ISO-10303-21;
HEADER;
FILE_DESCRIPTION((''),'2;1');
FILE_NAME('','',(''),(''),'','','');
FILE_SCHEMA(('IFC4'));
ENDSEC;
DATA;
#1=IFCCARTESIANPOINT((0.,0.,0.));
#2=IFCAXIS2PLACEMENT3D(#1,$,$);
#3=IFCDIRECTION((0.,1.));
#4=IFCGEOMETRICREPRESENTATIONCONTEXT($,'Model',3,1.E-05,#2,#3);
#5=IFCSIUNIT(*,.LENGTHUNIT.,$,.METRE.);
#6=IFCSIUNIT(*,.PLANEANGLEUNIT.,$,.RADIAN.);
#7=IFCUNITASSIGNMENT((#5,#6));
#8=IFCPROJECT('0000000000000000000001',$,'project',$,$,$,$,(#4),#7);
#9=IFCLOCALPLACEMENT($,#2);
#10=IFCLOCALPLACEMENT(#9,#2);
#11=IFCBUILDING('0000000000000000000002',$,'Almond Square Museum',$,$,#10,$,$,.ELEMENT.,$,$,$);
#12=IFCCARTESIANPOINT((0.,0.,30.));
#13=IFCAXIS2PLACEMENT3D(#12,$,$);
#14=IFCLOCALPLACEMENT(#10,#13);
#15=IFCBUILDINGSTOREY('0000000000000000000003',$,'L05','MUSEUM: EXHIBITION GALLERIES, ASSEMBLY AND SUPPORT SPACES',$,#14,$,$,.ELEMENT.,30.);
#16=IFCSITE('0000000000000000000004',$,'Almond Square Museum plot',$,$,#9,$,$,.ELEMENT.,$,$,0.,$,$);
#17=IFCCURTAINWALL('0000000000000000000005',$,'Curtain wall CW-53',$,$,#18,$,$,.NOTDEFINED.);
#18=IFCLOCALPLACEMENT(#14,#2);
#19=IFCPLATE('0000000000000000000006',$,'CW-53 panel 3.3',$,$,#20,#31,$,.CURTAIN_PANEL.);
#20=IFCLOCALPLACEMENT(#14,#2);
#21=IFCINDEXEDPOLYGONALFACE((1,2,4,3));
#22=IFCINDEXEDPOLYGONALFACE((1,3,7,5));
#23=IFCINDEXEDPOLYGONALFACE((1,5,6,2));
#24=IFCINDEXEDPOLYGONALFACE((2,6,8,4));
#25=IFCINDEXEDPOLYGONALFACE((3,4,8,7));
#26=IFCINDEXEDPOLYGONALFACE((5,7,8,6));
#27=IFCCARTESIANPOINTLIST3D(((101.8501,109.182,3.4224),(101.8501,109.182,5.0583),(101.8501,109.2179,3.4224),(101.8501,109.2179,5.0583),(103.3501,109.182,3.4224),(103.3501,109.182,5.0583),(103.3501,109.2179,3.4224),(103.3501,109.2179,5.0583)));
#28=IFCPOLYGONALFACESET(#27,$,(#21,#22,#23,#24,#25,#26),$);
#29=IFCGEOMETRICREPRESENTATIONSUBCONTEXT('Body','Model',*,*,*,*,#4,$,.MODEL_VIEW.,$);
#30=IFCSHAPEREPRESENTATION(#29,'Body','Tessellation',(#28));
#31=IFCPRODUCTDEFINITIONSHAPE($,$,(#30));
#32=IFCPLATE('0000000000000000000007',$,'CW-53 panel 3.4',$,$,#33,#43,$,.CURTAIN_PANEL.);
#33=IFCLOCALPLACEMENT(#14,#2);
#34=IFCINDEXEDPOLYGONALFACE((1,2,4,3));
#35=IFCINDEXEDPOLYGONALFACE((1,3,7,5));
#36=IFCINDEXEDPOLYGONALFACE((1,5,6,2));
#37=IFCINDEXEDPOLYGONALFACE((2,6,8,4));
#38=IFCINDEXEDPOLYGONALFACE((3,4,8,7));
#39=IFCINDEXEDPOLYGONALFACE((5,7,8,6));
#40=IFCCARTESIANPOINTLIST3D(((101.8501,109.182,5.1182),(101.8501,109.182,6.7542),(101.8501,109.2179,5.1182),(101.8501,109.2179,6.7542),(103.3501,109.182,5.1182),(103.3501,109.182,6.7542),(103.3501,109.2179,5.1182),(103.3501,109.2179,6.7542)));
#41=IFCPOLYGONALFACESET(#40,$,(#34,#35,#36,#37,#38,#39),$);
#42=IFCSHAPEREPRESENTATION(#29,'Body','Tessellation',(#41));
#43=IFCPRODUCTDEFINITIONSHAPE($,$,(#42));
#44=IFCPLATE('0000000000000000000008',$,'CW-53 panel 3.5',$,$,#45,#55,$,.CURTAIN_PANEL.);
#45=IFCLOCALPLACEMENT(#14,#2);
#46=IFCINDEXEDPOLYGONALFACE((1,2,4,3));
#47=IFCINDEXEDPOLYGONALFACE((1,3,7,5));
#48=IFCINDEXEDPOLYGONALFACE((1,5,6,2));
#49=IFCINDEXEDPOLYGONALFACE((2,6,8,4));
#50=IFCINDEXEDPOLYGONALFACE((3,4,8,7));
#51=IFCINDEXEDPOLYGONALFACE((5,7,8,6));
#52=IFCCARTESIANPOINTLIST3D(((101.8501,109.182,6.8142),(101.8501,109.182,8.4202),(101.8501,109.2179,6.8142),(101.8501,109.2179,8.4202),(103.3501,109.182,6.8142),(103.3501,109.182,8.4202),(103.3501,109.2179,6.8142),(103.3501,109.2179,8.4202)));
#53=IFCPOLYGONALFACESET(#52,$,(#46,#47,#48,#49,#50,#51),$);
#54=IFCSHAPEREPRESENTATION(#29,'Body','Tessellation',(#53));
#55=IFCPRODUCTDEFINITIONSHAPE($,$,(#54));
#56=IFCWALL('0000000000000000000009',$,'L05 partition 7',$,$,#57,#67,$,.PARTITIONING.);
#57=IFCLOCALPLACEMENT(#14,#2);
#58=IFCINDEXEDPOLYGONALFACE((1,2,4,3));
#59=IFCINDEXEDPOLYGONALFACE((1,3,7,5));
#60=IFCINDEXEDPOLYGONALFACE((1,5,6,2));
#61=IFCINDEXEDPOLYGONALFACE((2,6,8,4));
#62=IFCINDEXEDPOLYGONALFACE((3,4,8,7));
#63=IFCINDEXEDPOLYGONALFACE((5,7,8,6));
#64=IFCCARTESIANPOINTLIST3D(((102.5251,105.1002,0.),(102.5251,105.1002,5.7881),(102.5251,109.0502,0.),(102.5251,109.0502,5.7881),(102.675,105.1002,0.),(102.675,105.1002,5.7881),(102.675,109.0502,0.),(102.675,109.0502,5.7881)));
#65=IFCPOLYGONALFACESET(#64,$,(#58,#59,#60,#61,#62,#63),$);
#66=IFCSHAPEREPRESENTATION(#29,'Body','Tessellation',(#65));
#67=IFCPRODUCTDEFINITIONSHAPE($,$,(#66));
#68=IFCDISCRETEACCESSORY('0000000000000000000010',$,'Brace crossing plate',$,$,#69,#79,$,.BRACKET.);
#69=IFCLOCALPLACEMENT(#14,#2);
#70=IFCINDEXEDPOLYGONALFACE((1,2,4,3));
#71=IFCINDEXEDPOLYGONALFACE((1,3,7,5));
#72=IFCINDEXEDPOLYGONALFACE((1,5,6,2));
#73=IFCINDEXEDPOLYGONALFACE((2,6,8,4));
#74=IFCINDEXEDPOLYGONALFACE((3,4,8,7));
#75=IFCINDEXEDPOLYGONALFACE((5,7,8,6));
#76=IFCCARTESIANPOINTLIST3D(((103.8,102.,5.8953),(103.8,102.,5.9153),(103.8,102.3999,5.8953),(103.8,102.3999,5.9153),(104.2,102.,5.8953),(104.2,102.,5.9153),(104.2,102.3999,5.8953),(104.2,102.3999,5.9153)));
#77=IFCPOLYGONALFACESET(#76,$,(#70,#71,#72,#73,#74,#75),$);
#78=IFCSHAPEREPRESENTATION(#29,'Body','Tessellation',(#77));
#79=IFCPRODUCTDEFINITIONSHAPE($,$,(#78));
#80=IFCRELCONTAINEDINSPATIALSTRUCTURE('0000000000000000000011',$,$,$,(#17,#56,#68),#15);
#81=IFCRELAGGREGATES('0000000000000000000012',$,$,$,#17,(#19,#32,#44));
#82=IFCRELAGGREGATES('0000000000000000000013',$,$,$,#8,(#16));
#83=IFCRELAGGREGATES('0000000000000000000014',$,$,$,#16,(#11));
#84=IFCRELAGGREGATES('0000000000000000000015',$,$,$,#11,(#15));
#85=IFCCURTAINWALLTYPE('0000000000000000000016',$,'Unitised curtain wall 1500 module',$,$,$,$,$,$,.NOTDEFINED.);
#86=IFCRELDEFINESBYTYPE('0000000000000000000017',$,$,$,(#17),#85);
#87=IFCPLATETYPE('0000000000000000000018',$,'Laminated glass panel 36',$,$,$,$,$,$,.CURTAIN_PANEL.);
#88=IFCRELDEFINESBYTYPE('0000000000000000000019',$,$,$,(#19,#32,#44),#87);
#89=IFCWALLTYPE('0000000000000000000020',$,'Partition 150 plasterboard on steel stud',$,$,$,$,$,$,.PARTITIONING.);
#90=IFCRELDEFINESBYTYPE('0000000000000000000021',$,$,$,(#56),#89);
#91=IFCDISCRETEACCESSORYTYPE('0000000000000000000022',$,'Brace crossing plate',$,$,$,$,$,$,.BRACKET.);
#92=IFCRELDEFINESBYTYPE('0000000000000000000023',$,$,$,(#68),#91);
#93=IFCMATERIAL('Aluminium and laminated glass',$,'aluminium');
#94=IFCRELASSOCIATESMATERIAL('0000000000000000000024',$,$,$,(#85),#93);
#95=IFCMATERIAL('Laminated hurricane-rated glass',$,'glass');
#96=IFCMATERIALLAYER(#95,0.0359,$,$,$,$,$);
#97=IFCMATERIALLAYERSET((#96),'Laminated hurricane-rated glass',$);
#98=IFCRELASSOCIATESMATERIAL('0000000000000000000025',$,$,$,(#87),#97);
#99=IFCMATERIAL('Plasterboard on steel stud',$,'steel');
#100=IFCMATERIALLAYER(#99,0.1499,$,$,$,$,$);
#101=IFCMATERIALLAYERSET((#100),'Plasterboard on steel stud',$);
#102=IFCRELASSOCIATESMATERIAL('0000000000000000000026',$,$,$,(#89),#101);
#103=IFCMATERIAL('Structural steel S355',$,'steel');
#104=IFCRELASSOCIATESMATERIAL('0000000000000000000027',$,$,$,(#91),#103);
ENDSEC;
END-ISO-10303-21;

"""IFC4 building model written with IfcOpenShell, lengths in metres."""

from ifc_helpers import new_model, si_unit, direction, frame, frame_2d, origin, origin_2d, place, context, subcontext, project, spatial, rectangle, extrude, material, layer, layer_set, type_object, element, aggregate, save


model = new_model("IFC4")

# Units and contexts
model_context = context("Model", 3, precision=1e-05, world=origin(), true_north=direction((0.0, 1.0)))
body_context = subcontext(model_context, "Body", "Model", "MODEL_VIEW")
ifc_project = project(units=[si_unit("LENGTHUNIT", "METRE"), si_unit("PLANEANGLEUNIT", "RADIAN")], contexts=[model_context])

# Site, building, storey
site_placement = place(None, origin())
site = spatial("IfcSite", under=ifc_project, at=site_placement, Name="Almond Square Museum plot", CompositionType="ELEMENT", RefElevation=0.0)
building_placement = place(site_placement, origin())
building = spatial("IfcBuilding", under=site, at=building_placement, Name="Almond Square Museum", CompositionType="ELEMENT")
storey_placement = place(building_placement, frame((0.0, 0.0, 30.0)))
storey = spatial("IfcBuildingStorey", under=building, at=storey_placement, Name="L05", Description="MUSEUM: EXHIBITION GALLERIES, ASSEMBLY AND SUPPORT SPACES", CompositionType="ELEMENT", Elevation=30.0)

# Curtain wall
ifc_material_1 = material(Name="Aluminium and laminated glass", Category="aluminium")
curtain_wall_type = type_object("IfcCurtainWallType", Name="Unitised curtain wall 1500 module", PredefinedType="NOTDEFINED", material=ifc_material_1)
curtain_wall_1_placement = place(storey_placement, origin())
curtain_wall_1 = element("IfcCurtainWall", 1, at=curtain_wall_1_placement, inside=storey, type_object=curtain_wall_type, Name="Curtain wall CW-53", PredefinedType="NOTDEFINED")

# Plates
ifc_material_2 = material(Name="Laminated hurricane-rated glass", Category="glass")
ifc_layer_1 = layer(ifc_material_2, 0.0359)
ifc_layer_set_1 = layer_set([ifc_layer_1], Name="Laminated hurricane-rated glass")
plate_type = type_object("IfcPlateType", Name="Laminated glass panel 36", PredefinedType="CURTAIN_PANEL", material=ifc_layer_set_1)
plate_1_placement = place(storey_placement, frame((102.6001, 109.2, 3.4224), z_axis=(0.0, 0.0, 1.0), x_axis=(1.0, 0.0, 0.0)))
plate_1 = element("IfcPlate", 2, at=plate_1_placement, type_object=plate_type, Name="CW-53 panel 3.3", PredefinedType="CURTAIN_PANEL", context=body_context, shape_type="SweptSolid", body=[
    extrude(rectangle(XDim=1.5, YDim=0.0359, at=origin_2d()), origin(), (0.0, 0.0, 1.0), 1.636),
])
plate_2_placement = place(storey_placement, frame((102.6001, 109.2, 5.1182), z_axis=(0.0, 0.0, 1.0), x_axis=(1.0, 0.0, 0.0)))
plate_2 = element("IfcPlate", 3, at=plate_2_placement, type_object=plate_type, Name="CW-53 panel 3.4", PredefinedType="CURTAIN_PANEL", context=body_context, shape_type="SweptSolid", body=[
    extrude(rectangle(XDim=1.5, YDim=0.0359, at=origin_2d()), origin(), (0.0, 0.0, 1.0), 1.636),
])
plate_3_placement = place(storey_placement, frame((102.6001, 109.2, 6.8142), z_axis=(0.0, 0.0, 1.0), x_axis=(1.0, 0.0, 0.0)))
plate_3 = element("IfcPlate", 4, at=plate_3_placement, type_object=plate_type, Name="CW-53 panel 3.5", PredefinedType="CURTAIN_PANEL", context=body_context, shape_type="SweptSolid", body=[
    extrude(rectangle(XDim=1.5, YDim=0.0359, at=origin_2d()), origin(), (0.0, 0.0, 1.0), 1.606),
])
aggregate(curtain_wall_1, [plate_1, plate_2, plate_3])

# Wall
ifc_material_3 = material(Name="Plasterboard on steel stud", Category="steel")
ifc_layer_2 = layer(ifc_material_3, 0.1499)
ifc_layer_set_2 = layer_set([ifc_layer_2], Name="Plasterboard on steel stud")
wall_type = type_object("IfcWallType", Name="Partition 150 plasterboard on steel stud", PredefinedType="PARTITIONING", material=ifc_layer_set_2)
wall_placement = place(storey_placement, frame((102.6001, 105.1001, 0.0), z_axis=(0.0, 0.0, 1.0), x_axis=(0.0, 1.0, 0.0)))
element("IfcWall", 5, at=wall_placement, inside=storey, type_object=wall_type, Name="L05 partition 7", PredefinedType="PARTITIONING", context=body_context, shape_type="SweptSolid", body=[
    extrude(rectangle(XDim=3.95, YDim=0.1499, at=frame_2d((1.9751, 0.0))), origin(), (0.0, 0.0, 1.0), 5.7881),
])

# Discrete accessory
ifc_material_4 = material(Name="Structural steel S355", Category="steel")
discrete_accessory_type = type_object("IfcDiscreteAccessoryType", Name="Brace crossing plate", PredefinedType="BRACKET", material=ifc_material_4)
discrete_accessory_placement = place(storey_placement, frame((104.0, 102.2, 5.8953), z_axis=(0.0, 0.0, 1.0), x_axis=(1.0, 0.0, 0.0)))
element("IfcDiscreteAccessory", 6, at=discrete_accessory_placement, inside=storey, type_object=discrete_accessory_type, Name="Brace crossing plate", PredefinedType="BRACKET", context=body_context, shape_type="SweptSolid", body=[
    extrude(rectangle(XDim=0.3999, YDim=0.3999, at=origin_2d()), origin(), (0.0, 0.0, 1.0), 0.02),
])

save(model, "model.ifc")
